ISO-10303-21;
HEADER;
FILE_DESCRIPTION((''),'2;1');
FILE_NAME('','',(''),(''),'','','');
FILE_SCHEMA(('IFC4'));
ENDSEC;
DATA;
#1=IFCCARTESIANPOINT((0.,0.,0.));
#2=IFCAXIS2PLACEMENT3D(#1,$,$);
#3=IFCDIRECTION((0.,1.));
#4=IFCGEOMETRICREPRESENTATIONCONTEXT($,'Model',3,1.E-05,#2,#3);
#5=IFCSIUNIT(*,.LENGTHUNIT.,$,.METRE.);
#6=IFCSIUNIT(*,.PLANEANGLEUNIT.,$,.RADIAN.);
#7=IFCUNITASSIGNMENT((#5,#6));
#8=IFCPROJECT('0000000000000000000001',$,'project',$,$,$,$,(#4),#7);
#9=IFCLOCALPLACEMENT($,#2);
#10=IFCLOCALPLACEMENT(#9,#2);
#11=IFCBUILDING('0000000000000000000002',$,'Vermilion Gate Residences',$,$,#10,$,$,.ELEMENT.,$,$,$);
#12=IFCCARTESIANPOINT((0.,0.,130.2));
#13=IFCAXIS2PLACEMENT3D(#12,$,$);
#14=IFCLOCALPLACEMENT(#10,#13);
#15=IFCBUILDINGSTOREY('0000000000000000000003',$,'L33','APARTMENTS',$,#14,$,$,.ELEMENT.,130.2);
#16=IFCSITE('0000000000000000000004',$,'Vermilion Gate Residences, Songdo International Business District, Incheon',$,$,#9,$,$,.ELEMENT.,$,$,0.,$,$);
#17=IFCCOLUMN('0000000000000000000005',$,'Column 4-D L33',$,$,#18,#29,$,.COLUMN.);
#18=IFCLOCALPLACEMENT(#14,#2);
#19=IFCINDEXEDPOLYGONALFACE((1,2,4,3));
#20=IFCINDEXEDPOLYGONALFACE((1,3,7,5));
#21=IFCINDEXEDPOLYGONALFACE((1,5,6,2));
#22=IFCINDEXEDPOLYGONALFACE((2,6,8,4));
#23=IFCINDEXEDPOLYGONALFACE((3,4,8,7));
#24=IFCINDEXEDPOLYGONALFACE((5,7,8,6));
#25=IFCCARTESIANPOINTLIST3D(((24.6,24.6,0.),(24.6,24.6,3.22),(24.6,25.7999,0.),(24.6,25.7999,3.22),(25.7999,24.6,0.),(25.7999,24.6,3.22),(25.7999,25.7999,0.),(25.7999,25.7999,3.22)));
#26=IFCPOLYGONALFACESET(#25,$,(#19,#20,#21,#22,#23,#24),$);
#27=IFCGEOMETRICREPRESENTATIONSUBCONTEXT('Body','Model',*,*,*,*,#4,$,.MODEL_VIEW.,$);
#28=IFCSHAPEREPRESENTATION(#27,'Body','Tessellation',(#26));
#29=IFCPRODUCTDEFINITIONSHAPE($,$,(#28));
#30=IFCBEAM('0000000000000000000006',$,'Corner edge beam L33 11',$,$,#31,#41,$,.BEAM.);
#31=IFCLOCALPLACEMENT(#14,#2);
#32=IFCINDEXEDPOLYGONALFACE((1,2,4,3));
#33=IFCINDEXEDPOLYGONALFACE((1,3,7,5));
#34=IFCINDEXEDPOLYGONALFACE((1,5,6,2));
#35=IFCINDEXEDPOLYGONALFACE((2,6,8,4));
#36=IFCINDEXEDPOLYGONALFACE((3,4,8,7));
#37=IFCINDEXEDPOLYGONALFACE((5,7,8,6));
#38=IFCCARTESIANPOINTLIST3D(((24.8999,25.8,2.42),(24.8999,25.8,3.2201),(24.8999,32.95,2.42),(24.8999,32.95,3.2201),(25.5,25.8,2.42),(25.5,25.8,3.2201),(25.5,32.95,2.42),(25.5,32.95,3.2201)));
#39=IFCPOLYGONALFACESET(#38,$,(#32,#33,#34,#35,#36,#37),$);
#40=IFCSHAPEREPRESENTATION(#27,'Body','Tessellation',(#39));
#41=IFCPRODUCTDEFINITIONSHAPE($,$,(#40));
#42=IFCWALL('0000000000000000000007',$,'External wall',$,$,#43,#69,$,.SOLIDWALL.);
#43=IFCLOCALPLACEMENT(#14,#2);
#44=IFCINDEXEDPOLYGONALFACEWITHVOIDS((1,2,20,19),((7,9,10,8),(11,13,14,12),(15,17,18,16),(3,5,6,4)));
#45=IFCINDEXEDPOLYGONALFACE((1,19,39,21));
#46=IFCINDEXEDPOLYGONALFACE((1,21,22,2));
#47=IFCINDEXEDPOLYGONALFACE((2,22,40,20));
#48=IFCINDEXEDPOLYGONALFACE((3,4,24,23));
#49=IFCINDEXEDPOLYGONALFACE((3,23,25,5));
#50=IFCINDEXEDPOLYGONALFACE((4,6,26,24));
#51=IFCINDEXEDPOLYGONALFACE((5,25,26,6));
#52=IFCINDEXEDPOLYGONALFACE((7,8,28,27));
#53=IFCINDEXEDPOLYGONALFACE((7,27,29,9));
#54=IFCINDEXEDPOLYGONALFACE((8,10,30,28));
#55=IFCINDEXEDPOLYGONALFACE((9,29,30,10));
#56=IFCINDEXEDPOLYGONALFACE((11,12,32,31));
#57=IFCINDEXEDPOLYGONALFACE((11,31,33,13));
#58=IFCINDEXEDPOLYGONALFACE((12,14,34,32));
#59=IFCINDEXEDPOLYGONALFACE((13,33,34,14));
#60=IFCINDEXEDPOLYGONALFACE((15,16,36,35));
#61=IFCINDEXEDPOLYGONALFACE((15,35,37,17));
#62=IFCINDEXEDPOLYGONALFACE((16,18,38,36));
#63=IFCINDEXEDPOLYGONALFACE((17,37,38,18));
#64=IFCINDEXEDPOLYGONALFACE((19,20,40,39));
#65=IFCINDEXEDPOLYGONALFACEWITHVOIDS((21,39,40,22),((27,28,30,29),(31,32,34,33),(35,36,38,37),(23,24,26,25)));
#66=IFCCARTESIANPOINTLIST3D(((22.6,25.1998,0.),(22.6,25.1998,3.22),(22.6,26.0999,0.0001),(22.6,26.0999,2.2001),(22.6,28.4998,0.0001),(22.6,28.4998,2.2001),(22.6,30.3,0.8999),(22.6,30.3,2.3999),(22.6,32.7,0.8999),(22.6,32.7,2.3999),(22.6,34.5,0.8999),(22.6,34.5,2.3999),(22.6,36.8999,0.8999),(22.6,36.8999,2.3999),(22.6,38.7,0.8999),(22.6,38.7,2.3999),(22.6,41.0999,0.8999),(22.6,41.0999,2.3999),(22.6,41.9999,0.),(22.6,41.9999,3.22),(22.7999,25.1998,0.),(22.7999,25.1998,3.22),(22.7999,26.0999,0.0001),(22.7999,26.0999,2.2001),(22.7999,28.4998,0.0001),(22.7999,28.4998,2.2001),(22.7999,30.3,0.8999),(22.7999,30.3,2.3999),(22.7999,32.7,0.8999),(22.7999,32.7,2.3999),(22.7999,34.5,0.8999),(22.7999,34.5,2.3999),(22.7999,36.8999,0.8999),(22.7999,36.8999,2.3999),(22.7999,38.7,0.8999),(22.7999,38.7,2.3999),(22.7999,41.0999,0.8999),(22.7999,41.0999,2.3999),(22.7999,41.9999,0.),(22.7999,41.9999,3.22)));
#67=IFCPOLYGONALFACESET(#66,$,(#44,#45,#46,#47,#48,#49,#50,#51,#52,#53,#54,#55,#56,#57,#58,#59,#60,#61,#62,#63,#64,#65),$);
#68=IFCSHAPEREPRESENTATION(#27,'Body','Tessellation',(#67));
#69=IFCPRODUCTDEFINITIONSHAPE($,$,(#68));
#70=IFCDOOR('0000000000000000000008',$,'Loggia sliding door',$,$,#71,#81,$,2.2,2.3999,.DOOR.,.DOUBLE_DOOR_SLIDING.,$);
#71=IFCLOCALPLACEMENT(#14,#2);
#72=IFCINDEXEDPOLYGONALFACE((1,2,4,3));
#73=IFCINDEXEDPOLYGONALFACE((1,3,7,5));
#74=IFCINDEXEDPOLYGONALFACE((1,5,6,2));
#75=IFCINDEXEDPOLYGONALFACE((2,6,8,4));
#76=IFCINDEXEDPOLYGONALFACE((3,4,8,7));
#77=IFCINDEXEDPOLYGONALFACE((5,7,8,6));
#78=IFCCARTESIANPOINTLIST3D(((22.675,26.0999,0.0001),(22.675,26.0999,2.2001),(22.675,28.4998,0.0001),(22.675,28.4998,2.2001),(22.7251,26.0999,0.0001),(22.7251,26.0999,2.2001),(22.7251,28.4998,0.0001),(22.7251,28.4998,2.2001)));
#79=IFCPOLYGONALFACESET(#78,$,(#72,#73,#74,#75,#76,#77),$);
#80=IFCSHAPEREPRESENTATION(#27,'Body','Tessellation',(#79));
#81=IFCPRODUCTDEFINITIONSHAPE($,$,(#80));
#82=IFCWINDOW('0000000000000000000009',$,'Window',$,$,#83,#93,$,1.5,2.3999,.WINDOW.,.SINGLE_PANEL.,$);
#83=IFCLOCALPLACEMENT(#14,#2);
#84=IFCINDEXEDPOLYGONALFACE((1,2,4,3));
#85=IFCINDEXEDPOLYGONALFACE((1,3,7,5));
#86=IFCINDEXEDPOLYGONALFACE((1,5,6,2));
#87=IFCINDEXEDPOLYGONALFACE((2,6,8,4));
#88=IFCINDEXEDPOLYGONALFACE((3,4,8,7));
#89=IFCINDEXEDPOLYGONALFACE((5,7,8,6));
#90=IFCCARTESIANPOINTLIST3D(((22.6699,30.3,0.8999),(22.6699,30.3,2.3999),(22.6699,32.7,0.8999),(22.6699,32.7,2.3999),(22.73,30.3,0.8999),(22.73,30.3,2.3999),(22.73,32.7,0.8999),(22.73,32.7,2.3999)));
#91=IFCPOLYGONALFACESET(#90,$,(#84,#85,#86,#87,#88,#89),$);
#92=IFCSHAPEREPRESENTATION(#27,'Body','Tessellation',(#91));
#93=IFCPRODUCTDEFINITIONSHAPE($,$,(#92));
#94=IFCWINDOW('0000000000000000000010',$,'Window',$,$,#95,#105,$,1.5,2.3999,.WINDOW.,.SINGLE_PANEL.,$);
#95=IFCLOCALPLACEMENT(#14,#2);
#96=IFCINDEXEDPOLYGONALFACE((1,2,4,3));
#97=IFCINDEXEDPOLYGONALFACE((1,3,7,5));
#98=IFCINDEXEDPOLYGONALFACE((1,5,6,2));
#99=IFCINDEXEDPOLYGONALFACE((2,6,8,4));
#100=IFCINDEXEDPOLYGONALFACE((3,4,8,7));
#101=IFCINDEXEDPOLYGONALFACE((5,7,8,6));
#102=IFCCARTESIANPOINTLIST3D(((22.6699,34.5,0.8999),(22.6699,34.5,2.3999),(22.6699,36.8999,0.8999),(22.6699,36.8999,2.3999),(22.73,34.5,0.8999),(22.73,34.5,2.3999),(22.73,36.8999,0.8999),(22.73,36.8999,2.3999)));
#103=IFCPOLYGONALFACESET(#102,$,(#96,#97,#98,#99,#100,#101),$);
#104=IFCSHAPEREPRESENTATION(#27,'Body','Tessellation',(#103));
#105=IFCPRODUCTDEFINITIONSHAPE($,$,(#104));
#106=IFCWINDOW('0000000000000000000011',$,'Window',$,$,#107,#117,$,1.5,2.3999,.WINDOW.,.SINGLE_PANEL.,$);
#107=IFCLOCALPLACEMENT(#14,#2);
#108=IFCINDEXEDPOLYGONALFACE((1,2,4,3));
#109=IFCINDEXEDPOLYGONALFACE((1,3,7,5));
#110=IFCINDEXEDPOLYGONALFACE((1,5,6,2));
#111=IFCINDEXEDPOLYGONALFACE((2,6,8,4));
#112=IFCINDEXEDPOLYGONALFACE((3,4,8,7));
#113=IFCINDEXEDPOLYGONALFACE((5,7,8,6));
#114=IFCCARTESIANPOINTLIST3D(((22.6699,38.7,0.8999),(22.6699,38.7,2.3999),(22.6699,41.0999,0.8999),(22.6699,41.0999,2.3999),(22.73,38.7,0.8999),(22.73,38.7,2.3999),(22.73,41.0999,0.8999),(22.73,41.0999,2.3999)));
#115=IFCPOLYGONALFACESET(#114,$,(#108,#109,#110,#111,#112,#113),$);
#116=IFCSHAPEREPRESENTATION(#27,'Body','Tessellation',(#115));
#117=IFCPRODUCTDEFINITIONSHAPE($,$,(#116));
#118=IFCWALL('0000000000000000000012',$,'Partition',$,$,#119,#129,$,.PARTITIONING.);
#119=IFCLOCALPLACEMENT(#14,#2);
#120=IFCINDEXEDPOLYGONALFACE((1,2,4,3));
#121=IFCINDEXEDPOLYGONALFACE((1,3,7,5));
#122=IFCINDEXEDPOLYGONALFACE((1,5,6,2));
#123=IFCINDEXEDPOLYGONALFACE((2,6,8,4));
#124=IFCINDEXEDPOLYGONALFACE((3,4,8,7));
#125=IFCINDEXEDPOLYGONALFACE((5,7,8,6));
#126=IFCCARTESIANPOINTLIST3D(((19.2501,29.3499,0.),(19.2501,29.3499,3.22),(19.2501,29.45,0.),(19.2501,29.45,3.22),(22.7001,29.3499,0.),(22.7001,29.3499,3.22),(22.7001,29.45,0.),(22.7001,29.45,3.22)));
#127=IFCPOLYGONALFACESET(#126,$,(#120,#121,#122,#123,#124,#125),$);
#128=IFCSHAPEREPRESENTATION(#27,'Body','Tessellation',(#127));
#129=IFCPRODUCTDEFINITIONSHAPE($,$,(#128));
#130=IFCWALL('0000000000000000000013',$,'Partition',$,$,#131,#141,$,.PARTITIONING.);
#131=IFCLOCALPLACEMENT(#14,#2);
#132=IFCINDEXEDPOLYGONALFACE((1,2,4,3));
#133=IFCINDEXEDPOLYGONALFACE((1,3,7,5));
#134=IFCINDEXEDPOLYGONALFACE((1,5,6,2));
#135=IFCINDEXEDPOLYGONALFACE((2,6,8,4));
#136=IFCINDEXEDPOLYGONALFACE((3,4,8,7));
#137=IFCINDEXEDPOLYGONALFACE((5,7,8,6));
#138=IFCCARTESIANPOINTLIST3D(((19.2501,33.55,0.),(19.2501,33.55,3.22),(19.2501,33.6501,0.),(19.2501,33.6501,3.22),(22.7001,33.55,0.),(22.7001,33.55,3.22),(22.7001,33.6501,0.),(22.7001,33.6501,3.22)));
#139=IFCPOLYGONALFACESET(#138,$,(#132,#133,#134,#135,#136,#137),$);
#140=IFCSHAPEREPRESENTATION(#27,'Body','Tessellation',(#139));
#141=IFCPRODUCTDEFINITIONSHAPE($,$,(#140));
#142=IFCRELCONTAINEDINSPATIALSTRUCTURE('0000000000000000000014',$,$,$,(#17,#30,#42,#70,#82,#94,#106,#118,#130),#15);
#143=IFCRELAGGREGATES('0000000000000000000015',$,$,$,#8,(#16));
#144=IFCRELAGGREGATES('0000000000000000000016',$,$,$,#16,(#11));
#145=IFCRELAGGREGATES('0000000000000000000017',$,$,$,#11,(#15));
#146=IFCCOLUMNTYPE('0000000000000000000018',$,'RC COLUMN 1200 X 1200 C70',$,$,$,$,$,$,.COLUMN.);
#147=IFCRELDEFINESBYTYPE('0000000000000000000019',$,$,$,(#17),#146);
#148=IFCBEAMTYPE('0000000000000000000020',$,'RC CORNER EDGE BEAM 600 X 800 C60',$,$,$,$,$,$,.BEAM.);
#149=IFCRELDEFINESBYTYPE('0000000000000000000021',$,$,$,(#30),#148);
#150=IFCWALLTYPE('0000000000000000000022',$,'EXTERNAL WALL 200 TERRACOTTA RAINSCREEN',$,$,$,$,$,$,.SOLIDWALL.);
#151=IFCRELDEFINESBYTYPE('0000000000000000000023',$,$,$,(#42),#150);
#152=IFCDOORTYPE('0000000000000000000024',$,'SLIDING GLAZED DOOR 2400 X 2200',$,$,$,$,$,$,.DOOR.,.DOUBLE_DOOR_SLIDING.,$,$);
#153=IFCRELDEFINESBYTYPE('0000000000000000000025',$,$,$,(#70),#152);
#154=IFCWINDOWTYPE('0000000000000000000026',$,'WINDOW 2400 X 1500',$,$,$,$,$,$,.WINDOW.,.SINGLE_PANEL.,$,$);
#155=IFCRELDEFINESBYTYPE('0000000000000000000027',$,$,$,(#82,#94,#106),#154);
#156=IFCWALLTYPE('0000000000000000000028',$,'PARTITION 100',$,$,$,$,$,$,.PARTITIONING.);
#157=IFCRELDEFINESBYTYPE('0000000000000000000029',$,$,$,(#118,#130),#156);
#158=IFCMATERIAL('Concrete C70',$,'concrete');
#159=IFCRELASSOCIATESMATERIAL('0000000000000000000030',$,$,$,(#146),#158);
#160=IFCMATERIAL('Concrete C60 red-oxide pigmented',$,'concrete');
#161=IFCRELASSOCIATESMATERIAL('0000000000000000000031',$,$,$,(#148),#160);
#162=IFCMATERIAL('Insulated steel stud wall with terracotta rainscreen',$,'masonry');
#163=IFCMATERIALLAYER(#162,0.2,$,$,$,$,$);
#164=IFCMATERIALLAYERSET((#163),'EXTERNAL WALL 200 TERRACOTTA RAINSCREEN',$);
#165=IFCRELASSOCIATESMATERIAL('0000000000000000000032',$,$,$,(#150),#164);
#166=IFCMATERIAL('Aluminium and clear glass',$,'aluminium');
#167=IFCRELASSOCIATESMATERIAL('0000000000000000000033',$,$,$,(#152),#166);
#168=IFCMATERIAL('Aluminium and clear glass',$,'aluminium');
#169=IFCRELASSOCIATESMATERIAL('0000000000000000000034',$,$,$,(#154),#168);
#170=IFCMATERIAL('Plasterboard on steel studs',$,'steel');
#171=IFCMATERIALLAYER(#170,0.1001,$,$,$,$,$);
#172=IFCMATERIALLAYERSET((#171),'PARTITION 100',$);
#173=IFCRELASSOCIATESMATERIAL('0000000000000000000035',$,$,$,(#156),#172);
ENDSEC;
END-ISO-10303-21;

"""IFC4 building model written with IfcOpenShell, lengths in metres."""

from ifc_helpers import new_model, si_unit, direction, frame, frame_2d, origin, origin_2d, place, context, subcontext, project, spatial, rectangle, extrude, material, layer, layer_set, material_profile, profile_set, type_object, element, fill, save


model = new_model("IFC4")

# Units and contexts
model_context = context("Model", 3, precision=1e-05, world=origin(), true_north=direction((0.0, 1.0)))
body_context = subcontext(model_context, "Body", "Model", "MODEL_VIEW")
ifc_project = project(units=[si_unit("LENGTHUNIT", "METRE"), si_unit("PLANEANGLEUNIT", "RADIAN")], contexts=[model_context])

# Site, building, storey
site_placement = place(None, origin())
site = spatial("IfcSite", under=ifc_project, at=site_placement, Name="Vermilion Gate Residences, Songdo International Business District, Incheon", CompositionType="ELEMENT", RefElevation=0.0)
building_placement = place(site_placement, origin())
building = spatial("IfcBuilding", under=site, at=building_placement, Name="Vermilion Gate Residences", CompositionType="ELEMENT")
storey_placement = place(building_placement, frame((0.0, 0.0, 130.2)))
storey = spatial("IfcBuildingStorey", under=building, at=storey_placement, Name="L33", Description="APARTMENTS", CompositionType="ELEMENT", Elevation=130.2)

# Column
ifc_material_1 = material(Name="Concrete C70", Category="concrete")
ifc_material_profile_1 = material_profile(ifc_material_1, rectangle(XDim=1.2, YDim=1.2, at=origin_2d()), Name="RC-1200x1200")
ifc_profile_set_1 = profile_set([ifc_material_profile_1], Name="Concrete C70")
column_type = type_object("IfcColumnType", Name="RC COLUMN 1200 X 1200 C70", PredefinedType="COLUMN", material=ifc_profile_set_1)
column_placement = place(storey_placement, frame((25.2, 25.2, 0.0), z_axis=(0.0, 0.0, 1.0), x_axis=(1.0, 0.0, 0.0)))
element("IfcColumn", 1, at=column_placement, inside=storey, type_object=column_type, Name="Column 4-D L33", PredefinedType="COLUMN", context=body_context, shape_type="SweptSolid", body=[
    extrude(rectangle(XDim=1.2, YDim=1.2, at=origin_2d()), origin(), (0.0, 0.0, 1.0), 3.22),
])

# Beam
ifc_material_2 = material(Name="Concrete C60 red-oxide pigmented", Category="concrete")
ifc_material_profile_2 = material_profile(ifc_material_2, rectangle(XDim=0.6001, YDim=0.8, at=origin_2d()), Name="RC-600x800")
ifc_profile_set_2 = profile_set([ifc_material_profile_2], Name="Concrete C60 red-oxide pigmented")
beam_type = type_object("IfcBeamType", Name="RC CORNER EDGE BEAM 600 X 800 C60", PredefinedType="BEAM", material=ifc_profile_set_2)
beam_placement = place(storey_placement, frame((25.2, 25.8, 2.8201), z_axis=(0.0, 1.0, 0.0), x_axis=(-1.0, 0.0, 0.0)))
element("IfcBeam", 2, at=beam_placement, inside=storey, type_object=beam_type, Name="Corner edge beam L33 11", PredefinedType="BEAM", context=body_context, shape_type="SweptSolid", body=[
    extrude(rectangle(XDim=0.6001, YDim=0.8, at=origin_2d()), origin(), (0.0, 0.0, 1.0), 7.1499),
])

# Wall, openings, door, windows
ifc_material_3 = material(Name="Insulated steel stud wall with terracotta rainscreen", Category="masonry")
ifc_layer_1 = layer(ifc_material_3, 0.2)
ifc_layer_set_1 = layer_set([ifc_layer_1], Name="EXTERNAL WALL 200 TERRACOTTA RAINSCREEN")
wall_type_1 = type_object("IfcWallType", Name="EXTERNAL WALL 200 TERRACOTTA RAINSCREEN", PredefinedType="SOLIDWALL", material=ifc_layer_set_1)
wall_1_placement = place(storey_placement, frame((22.7, 25.2, 0.0), z_axis=(0.0, 0.0, 1.0), x_axis=(0.0, 1.0, 0.0)))
wall_1 = element("IfcWall", 3, at=wall_1_placement, inside=storey, type_object=wall_type_1, Name="External wall", PredefinedType="SOLIDWALL", context=body_context, shape_type="SweptSolid", body=[
    extrude(rectangle(XDim=16.8, YDim=0.2, at=frame_2d((8.3999, 0.0))), origin(), (0.0, 0.0, 1.0), 3.22),
])
opening_1_placement = place(wall_1_placement, frame((0.8999, 0.0, 0.0)))
opening_1 = element("IfcOpeningElement", 4, at=opening_1_placement, cuts=wall_1, PredefinedType="OPENING", context=body_context, shape_type="SweptSolid", body=[
    extrude(rectangle(XDim=2.3999, YDim=2.2, at=frame_2d((1.2, 1.1001))), frame((0.0, 0.1099, 0.0), z_axis=(0.0, -1.0, 0.0), x_axis=(1.0, 0.0, 0.0)), (0.0, 0.0, 1.0), 0.22),
])
opening_2_placement = place(wall_1_placement, frame((5.1001, 0.0, 0.8999)))
opening_2 = element("IfcOpeningElement", 5, at=opening_2_placement, cuts=wall_1, PredefinedType="OPENING", context=body_context, shape_type="SweptSolid", body=[
    extrude(rectangle(XDim=2.3999, YDim=1.5, at=frame_2d((1.2, 0.75))), frame((0.0, 0.1099, 0.0), z_axis=(0.0, -1.0, 0.0), x_axis=(1.0, 0.0, 0.0)), (0.0, 0.0, 1.0), 0.22),
])
opening_3_placement = place(wall_1_placement, frame((9.3, 0.0, 0.8999)))
opening_3 = element("IfcOpeningElement", 6, at=opening_3_placement, cuts=wall_1, PredefinedType="OPENING", context=body_context, shape_type="SweptSolid", body=[
    extrude(rectangle(XDim=2.3999, YDim=1.5, at=frame_2d((1.2, 0.75))), frame((0.0, 0.1099, 0.0), z_axis=(0.0, -1.0, 0.0), x_axis=(1.0, 0.0, 0.0)), (0.0, 0.0, 1.0), 0.22),
])
opening_4_placement = place(wall_1_placement, frame((13.5, 0.0, 0.8999)))
opening_4 = element("IfcOpeningElement", 7, at=opening_4_placement, cuts=wall_1, PredefinedType="OPENING", context=body_context, shape_type="SweptSolid", body=[
    extrude(rectangle(XDim=2.3999, YDim=1.5, at=frame_2d((1.2, 0.75))), frame((0.0, 0.1099, 0.0), z_axis=(0.0, -1.0, 0.0), x_axis=(1.0, 0.0, 0.0)), (0.0, 0.0, 1.0), 0.22),
])
ifc_material_4 = material(Name="Aluminium and clear glass", Category="aluminium")
door_type_1 = type_object("IfcDoorType", Name="SLIDING GLAZED DOOR 2400 X 2200", OperationType="DOUBLE_DOOR_SLIDING", PredefinedType="DOOR", material=ifc_material_4)
door_1_placement = place(opening_1_placement, origin())
door_1 = element("IfcDoor", 8, at=door_1_placement, inside=storey, type_object=door_type_1, Name="Loggia sliding door", OperationType="DOUBLE_DOOR_SLIDING", OverallHeight=2.2, OverallWidth=2.3999, PredefinedType="DOOR", context=body_context, shape_type="SweptSolid", body=[
    extrude(rectangle(XDim=2.3999, YDim=2.2, at=frame_2d((1.2, 1.1001))), frame((0.0, 0.0249, 0.0), z_axis=(0.0, -1.0, 0.0), x_axis=(1.0, 0.0, 0.0)), (0.0, 0.0, 1.0), 0.05),
])
fill(opening_1, door_1)
ifc_material_5 = material(Name="Aluminium and clear glass", Category="aluminium")
window_type = type_object("IfcWindowType", Name="WINDOW 2400 X 1500", PartitioningType="SINGLE_PANEL", PredefinedType="WINDOW", material=ifc_material_5)
window_1_placement = place(opening_2_placement, origin())
window_1 = element("IfcWindow", 9, at=window_1_placement, inside=storey, type_object=window_type, Name="Window", OverallHeight=1.5, OverallWidth=2.3999, PartitioningType="SINGLE_PANEL", PredefinedType="WINDOW", context=body_context, shape_type="SweptSolid", body=[
    extrude(rectangle(XDim=2.3999, YDim=1.5, at=frame_2d((1.2, 0.75))), frame((0.0, 0.03, 0.0), z_axis=(0.0, -1.0, 0.0), x_axis=(1.0, 0.0, 0.0)), (0.0, 0.0, 1.0), 0.0601),
])
fill(opening_2, window_1)
window_2_placement = place(opening_3_placement, origin())
window_2 = element("IfcWindow", 10, at=window_2_placement, inside=storey, type_object=window_type, Name="Window", OverallHeight=1.5, OverallWidth=2.3999, PartitioningType="SINGLE_PANEL", PredefinedType="WINDOW", context=body_context, shape_type="SweptSolid", body=[
    extrude(rectangle(XDim=2.3999, YDim=1.5, at=frame_2d((1.2, 0.75))), frame((0.0, 0.03, 0.0), z_axis=(0.0, -1.0, 0.0), x_axis=(1.0, 0.0, 0.0)), (0.0, 0.0, 1.0), 0.0601),
])
fill(opening_3, window_2)
window_3_placement = place(opening_4_placement, origin())
window_3 = element("IfcWindow", 11, at=window_3_placement, inside=storey, type_object=window_type, Name="Window", OverallHeight=1.5, OverallWidth=2.3999, PartitioningType="SINGLE_PANEL", PredefinedType="WINDOW", context=body_context, shape_type="SweptSolid", body=[
    extrude(rectangle(XDim=2.3999, YDim=1.5, at=frame_2d((1.2, 0.75))), frame((0.0, 0.03, 0.0), z_axis=(0.0, -1.0, 0.0), x_axis=(1.0, 0.0, 0.0)), (0.0, 0.0, 1.0), 0.0601),
])
fill(opening_4, window_3)

# Walls
ifc_material_6 = material(Name="Plasterboard on steel studs", Category="steel")
ifc_layer_2 = layer(ifc_material_6, 0.1001)
ifc_layer_set_2 = layer_set([ifc_layer_2], Name="PARTITION 100")
wall_type_2 = type_object("IfcWallType", Name="PARTITION 100", PredefinedType="PARTITIONING", material=ifc_layer_set_2)
for number, where, z_axis, x_axis, name in (
    (12, (19.25, 29.3999, 0.0), (0.0, 0.0, 1.0), (1.0, 0.0, 0.0), "Partition"),
    (13, (19.25, 33.6001, 0.0), (0.0, 0.0, 1.0), (1.0, 0.0, 0.0), "Partition"),
):
    element("IfcWall", number, at=place(storey_placement, frame(where, z_axis=z_axis, x_axis=x_axis)), inside=storey, type_object=wall_type_2, Name=name, PredefinedType="PARTITIONING", context=body_context, shape_type="SweptSolid", body=[
        extrude(rectangle(XDim=3.45, YDim=0.1001, at=frame_2d((1.7251, 0.0))), origin(), (0.0, 0.0, 1.0), 3.22),
    ])

save(model, "model.ifc")
